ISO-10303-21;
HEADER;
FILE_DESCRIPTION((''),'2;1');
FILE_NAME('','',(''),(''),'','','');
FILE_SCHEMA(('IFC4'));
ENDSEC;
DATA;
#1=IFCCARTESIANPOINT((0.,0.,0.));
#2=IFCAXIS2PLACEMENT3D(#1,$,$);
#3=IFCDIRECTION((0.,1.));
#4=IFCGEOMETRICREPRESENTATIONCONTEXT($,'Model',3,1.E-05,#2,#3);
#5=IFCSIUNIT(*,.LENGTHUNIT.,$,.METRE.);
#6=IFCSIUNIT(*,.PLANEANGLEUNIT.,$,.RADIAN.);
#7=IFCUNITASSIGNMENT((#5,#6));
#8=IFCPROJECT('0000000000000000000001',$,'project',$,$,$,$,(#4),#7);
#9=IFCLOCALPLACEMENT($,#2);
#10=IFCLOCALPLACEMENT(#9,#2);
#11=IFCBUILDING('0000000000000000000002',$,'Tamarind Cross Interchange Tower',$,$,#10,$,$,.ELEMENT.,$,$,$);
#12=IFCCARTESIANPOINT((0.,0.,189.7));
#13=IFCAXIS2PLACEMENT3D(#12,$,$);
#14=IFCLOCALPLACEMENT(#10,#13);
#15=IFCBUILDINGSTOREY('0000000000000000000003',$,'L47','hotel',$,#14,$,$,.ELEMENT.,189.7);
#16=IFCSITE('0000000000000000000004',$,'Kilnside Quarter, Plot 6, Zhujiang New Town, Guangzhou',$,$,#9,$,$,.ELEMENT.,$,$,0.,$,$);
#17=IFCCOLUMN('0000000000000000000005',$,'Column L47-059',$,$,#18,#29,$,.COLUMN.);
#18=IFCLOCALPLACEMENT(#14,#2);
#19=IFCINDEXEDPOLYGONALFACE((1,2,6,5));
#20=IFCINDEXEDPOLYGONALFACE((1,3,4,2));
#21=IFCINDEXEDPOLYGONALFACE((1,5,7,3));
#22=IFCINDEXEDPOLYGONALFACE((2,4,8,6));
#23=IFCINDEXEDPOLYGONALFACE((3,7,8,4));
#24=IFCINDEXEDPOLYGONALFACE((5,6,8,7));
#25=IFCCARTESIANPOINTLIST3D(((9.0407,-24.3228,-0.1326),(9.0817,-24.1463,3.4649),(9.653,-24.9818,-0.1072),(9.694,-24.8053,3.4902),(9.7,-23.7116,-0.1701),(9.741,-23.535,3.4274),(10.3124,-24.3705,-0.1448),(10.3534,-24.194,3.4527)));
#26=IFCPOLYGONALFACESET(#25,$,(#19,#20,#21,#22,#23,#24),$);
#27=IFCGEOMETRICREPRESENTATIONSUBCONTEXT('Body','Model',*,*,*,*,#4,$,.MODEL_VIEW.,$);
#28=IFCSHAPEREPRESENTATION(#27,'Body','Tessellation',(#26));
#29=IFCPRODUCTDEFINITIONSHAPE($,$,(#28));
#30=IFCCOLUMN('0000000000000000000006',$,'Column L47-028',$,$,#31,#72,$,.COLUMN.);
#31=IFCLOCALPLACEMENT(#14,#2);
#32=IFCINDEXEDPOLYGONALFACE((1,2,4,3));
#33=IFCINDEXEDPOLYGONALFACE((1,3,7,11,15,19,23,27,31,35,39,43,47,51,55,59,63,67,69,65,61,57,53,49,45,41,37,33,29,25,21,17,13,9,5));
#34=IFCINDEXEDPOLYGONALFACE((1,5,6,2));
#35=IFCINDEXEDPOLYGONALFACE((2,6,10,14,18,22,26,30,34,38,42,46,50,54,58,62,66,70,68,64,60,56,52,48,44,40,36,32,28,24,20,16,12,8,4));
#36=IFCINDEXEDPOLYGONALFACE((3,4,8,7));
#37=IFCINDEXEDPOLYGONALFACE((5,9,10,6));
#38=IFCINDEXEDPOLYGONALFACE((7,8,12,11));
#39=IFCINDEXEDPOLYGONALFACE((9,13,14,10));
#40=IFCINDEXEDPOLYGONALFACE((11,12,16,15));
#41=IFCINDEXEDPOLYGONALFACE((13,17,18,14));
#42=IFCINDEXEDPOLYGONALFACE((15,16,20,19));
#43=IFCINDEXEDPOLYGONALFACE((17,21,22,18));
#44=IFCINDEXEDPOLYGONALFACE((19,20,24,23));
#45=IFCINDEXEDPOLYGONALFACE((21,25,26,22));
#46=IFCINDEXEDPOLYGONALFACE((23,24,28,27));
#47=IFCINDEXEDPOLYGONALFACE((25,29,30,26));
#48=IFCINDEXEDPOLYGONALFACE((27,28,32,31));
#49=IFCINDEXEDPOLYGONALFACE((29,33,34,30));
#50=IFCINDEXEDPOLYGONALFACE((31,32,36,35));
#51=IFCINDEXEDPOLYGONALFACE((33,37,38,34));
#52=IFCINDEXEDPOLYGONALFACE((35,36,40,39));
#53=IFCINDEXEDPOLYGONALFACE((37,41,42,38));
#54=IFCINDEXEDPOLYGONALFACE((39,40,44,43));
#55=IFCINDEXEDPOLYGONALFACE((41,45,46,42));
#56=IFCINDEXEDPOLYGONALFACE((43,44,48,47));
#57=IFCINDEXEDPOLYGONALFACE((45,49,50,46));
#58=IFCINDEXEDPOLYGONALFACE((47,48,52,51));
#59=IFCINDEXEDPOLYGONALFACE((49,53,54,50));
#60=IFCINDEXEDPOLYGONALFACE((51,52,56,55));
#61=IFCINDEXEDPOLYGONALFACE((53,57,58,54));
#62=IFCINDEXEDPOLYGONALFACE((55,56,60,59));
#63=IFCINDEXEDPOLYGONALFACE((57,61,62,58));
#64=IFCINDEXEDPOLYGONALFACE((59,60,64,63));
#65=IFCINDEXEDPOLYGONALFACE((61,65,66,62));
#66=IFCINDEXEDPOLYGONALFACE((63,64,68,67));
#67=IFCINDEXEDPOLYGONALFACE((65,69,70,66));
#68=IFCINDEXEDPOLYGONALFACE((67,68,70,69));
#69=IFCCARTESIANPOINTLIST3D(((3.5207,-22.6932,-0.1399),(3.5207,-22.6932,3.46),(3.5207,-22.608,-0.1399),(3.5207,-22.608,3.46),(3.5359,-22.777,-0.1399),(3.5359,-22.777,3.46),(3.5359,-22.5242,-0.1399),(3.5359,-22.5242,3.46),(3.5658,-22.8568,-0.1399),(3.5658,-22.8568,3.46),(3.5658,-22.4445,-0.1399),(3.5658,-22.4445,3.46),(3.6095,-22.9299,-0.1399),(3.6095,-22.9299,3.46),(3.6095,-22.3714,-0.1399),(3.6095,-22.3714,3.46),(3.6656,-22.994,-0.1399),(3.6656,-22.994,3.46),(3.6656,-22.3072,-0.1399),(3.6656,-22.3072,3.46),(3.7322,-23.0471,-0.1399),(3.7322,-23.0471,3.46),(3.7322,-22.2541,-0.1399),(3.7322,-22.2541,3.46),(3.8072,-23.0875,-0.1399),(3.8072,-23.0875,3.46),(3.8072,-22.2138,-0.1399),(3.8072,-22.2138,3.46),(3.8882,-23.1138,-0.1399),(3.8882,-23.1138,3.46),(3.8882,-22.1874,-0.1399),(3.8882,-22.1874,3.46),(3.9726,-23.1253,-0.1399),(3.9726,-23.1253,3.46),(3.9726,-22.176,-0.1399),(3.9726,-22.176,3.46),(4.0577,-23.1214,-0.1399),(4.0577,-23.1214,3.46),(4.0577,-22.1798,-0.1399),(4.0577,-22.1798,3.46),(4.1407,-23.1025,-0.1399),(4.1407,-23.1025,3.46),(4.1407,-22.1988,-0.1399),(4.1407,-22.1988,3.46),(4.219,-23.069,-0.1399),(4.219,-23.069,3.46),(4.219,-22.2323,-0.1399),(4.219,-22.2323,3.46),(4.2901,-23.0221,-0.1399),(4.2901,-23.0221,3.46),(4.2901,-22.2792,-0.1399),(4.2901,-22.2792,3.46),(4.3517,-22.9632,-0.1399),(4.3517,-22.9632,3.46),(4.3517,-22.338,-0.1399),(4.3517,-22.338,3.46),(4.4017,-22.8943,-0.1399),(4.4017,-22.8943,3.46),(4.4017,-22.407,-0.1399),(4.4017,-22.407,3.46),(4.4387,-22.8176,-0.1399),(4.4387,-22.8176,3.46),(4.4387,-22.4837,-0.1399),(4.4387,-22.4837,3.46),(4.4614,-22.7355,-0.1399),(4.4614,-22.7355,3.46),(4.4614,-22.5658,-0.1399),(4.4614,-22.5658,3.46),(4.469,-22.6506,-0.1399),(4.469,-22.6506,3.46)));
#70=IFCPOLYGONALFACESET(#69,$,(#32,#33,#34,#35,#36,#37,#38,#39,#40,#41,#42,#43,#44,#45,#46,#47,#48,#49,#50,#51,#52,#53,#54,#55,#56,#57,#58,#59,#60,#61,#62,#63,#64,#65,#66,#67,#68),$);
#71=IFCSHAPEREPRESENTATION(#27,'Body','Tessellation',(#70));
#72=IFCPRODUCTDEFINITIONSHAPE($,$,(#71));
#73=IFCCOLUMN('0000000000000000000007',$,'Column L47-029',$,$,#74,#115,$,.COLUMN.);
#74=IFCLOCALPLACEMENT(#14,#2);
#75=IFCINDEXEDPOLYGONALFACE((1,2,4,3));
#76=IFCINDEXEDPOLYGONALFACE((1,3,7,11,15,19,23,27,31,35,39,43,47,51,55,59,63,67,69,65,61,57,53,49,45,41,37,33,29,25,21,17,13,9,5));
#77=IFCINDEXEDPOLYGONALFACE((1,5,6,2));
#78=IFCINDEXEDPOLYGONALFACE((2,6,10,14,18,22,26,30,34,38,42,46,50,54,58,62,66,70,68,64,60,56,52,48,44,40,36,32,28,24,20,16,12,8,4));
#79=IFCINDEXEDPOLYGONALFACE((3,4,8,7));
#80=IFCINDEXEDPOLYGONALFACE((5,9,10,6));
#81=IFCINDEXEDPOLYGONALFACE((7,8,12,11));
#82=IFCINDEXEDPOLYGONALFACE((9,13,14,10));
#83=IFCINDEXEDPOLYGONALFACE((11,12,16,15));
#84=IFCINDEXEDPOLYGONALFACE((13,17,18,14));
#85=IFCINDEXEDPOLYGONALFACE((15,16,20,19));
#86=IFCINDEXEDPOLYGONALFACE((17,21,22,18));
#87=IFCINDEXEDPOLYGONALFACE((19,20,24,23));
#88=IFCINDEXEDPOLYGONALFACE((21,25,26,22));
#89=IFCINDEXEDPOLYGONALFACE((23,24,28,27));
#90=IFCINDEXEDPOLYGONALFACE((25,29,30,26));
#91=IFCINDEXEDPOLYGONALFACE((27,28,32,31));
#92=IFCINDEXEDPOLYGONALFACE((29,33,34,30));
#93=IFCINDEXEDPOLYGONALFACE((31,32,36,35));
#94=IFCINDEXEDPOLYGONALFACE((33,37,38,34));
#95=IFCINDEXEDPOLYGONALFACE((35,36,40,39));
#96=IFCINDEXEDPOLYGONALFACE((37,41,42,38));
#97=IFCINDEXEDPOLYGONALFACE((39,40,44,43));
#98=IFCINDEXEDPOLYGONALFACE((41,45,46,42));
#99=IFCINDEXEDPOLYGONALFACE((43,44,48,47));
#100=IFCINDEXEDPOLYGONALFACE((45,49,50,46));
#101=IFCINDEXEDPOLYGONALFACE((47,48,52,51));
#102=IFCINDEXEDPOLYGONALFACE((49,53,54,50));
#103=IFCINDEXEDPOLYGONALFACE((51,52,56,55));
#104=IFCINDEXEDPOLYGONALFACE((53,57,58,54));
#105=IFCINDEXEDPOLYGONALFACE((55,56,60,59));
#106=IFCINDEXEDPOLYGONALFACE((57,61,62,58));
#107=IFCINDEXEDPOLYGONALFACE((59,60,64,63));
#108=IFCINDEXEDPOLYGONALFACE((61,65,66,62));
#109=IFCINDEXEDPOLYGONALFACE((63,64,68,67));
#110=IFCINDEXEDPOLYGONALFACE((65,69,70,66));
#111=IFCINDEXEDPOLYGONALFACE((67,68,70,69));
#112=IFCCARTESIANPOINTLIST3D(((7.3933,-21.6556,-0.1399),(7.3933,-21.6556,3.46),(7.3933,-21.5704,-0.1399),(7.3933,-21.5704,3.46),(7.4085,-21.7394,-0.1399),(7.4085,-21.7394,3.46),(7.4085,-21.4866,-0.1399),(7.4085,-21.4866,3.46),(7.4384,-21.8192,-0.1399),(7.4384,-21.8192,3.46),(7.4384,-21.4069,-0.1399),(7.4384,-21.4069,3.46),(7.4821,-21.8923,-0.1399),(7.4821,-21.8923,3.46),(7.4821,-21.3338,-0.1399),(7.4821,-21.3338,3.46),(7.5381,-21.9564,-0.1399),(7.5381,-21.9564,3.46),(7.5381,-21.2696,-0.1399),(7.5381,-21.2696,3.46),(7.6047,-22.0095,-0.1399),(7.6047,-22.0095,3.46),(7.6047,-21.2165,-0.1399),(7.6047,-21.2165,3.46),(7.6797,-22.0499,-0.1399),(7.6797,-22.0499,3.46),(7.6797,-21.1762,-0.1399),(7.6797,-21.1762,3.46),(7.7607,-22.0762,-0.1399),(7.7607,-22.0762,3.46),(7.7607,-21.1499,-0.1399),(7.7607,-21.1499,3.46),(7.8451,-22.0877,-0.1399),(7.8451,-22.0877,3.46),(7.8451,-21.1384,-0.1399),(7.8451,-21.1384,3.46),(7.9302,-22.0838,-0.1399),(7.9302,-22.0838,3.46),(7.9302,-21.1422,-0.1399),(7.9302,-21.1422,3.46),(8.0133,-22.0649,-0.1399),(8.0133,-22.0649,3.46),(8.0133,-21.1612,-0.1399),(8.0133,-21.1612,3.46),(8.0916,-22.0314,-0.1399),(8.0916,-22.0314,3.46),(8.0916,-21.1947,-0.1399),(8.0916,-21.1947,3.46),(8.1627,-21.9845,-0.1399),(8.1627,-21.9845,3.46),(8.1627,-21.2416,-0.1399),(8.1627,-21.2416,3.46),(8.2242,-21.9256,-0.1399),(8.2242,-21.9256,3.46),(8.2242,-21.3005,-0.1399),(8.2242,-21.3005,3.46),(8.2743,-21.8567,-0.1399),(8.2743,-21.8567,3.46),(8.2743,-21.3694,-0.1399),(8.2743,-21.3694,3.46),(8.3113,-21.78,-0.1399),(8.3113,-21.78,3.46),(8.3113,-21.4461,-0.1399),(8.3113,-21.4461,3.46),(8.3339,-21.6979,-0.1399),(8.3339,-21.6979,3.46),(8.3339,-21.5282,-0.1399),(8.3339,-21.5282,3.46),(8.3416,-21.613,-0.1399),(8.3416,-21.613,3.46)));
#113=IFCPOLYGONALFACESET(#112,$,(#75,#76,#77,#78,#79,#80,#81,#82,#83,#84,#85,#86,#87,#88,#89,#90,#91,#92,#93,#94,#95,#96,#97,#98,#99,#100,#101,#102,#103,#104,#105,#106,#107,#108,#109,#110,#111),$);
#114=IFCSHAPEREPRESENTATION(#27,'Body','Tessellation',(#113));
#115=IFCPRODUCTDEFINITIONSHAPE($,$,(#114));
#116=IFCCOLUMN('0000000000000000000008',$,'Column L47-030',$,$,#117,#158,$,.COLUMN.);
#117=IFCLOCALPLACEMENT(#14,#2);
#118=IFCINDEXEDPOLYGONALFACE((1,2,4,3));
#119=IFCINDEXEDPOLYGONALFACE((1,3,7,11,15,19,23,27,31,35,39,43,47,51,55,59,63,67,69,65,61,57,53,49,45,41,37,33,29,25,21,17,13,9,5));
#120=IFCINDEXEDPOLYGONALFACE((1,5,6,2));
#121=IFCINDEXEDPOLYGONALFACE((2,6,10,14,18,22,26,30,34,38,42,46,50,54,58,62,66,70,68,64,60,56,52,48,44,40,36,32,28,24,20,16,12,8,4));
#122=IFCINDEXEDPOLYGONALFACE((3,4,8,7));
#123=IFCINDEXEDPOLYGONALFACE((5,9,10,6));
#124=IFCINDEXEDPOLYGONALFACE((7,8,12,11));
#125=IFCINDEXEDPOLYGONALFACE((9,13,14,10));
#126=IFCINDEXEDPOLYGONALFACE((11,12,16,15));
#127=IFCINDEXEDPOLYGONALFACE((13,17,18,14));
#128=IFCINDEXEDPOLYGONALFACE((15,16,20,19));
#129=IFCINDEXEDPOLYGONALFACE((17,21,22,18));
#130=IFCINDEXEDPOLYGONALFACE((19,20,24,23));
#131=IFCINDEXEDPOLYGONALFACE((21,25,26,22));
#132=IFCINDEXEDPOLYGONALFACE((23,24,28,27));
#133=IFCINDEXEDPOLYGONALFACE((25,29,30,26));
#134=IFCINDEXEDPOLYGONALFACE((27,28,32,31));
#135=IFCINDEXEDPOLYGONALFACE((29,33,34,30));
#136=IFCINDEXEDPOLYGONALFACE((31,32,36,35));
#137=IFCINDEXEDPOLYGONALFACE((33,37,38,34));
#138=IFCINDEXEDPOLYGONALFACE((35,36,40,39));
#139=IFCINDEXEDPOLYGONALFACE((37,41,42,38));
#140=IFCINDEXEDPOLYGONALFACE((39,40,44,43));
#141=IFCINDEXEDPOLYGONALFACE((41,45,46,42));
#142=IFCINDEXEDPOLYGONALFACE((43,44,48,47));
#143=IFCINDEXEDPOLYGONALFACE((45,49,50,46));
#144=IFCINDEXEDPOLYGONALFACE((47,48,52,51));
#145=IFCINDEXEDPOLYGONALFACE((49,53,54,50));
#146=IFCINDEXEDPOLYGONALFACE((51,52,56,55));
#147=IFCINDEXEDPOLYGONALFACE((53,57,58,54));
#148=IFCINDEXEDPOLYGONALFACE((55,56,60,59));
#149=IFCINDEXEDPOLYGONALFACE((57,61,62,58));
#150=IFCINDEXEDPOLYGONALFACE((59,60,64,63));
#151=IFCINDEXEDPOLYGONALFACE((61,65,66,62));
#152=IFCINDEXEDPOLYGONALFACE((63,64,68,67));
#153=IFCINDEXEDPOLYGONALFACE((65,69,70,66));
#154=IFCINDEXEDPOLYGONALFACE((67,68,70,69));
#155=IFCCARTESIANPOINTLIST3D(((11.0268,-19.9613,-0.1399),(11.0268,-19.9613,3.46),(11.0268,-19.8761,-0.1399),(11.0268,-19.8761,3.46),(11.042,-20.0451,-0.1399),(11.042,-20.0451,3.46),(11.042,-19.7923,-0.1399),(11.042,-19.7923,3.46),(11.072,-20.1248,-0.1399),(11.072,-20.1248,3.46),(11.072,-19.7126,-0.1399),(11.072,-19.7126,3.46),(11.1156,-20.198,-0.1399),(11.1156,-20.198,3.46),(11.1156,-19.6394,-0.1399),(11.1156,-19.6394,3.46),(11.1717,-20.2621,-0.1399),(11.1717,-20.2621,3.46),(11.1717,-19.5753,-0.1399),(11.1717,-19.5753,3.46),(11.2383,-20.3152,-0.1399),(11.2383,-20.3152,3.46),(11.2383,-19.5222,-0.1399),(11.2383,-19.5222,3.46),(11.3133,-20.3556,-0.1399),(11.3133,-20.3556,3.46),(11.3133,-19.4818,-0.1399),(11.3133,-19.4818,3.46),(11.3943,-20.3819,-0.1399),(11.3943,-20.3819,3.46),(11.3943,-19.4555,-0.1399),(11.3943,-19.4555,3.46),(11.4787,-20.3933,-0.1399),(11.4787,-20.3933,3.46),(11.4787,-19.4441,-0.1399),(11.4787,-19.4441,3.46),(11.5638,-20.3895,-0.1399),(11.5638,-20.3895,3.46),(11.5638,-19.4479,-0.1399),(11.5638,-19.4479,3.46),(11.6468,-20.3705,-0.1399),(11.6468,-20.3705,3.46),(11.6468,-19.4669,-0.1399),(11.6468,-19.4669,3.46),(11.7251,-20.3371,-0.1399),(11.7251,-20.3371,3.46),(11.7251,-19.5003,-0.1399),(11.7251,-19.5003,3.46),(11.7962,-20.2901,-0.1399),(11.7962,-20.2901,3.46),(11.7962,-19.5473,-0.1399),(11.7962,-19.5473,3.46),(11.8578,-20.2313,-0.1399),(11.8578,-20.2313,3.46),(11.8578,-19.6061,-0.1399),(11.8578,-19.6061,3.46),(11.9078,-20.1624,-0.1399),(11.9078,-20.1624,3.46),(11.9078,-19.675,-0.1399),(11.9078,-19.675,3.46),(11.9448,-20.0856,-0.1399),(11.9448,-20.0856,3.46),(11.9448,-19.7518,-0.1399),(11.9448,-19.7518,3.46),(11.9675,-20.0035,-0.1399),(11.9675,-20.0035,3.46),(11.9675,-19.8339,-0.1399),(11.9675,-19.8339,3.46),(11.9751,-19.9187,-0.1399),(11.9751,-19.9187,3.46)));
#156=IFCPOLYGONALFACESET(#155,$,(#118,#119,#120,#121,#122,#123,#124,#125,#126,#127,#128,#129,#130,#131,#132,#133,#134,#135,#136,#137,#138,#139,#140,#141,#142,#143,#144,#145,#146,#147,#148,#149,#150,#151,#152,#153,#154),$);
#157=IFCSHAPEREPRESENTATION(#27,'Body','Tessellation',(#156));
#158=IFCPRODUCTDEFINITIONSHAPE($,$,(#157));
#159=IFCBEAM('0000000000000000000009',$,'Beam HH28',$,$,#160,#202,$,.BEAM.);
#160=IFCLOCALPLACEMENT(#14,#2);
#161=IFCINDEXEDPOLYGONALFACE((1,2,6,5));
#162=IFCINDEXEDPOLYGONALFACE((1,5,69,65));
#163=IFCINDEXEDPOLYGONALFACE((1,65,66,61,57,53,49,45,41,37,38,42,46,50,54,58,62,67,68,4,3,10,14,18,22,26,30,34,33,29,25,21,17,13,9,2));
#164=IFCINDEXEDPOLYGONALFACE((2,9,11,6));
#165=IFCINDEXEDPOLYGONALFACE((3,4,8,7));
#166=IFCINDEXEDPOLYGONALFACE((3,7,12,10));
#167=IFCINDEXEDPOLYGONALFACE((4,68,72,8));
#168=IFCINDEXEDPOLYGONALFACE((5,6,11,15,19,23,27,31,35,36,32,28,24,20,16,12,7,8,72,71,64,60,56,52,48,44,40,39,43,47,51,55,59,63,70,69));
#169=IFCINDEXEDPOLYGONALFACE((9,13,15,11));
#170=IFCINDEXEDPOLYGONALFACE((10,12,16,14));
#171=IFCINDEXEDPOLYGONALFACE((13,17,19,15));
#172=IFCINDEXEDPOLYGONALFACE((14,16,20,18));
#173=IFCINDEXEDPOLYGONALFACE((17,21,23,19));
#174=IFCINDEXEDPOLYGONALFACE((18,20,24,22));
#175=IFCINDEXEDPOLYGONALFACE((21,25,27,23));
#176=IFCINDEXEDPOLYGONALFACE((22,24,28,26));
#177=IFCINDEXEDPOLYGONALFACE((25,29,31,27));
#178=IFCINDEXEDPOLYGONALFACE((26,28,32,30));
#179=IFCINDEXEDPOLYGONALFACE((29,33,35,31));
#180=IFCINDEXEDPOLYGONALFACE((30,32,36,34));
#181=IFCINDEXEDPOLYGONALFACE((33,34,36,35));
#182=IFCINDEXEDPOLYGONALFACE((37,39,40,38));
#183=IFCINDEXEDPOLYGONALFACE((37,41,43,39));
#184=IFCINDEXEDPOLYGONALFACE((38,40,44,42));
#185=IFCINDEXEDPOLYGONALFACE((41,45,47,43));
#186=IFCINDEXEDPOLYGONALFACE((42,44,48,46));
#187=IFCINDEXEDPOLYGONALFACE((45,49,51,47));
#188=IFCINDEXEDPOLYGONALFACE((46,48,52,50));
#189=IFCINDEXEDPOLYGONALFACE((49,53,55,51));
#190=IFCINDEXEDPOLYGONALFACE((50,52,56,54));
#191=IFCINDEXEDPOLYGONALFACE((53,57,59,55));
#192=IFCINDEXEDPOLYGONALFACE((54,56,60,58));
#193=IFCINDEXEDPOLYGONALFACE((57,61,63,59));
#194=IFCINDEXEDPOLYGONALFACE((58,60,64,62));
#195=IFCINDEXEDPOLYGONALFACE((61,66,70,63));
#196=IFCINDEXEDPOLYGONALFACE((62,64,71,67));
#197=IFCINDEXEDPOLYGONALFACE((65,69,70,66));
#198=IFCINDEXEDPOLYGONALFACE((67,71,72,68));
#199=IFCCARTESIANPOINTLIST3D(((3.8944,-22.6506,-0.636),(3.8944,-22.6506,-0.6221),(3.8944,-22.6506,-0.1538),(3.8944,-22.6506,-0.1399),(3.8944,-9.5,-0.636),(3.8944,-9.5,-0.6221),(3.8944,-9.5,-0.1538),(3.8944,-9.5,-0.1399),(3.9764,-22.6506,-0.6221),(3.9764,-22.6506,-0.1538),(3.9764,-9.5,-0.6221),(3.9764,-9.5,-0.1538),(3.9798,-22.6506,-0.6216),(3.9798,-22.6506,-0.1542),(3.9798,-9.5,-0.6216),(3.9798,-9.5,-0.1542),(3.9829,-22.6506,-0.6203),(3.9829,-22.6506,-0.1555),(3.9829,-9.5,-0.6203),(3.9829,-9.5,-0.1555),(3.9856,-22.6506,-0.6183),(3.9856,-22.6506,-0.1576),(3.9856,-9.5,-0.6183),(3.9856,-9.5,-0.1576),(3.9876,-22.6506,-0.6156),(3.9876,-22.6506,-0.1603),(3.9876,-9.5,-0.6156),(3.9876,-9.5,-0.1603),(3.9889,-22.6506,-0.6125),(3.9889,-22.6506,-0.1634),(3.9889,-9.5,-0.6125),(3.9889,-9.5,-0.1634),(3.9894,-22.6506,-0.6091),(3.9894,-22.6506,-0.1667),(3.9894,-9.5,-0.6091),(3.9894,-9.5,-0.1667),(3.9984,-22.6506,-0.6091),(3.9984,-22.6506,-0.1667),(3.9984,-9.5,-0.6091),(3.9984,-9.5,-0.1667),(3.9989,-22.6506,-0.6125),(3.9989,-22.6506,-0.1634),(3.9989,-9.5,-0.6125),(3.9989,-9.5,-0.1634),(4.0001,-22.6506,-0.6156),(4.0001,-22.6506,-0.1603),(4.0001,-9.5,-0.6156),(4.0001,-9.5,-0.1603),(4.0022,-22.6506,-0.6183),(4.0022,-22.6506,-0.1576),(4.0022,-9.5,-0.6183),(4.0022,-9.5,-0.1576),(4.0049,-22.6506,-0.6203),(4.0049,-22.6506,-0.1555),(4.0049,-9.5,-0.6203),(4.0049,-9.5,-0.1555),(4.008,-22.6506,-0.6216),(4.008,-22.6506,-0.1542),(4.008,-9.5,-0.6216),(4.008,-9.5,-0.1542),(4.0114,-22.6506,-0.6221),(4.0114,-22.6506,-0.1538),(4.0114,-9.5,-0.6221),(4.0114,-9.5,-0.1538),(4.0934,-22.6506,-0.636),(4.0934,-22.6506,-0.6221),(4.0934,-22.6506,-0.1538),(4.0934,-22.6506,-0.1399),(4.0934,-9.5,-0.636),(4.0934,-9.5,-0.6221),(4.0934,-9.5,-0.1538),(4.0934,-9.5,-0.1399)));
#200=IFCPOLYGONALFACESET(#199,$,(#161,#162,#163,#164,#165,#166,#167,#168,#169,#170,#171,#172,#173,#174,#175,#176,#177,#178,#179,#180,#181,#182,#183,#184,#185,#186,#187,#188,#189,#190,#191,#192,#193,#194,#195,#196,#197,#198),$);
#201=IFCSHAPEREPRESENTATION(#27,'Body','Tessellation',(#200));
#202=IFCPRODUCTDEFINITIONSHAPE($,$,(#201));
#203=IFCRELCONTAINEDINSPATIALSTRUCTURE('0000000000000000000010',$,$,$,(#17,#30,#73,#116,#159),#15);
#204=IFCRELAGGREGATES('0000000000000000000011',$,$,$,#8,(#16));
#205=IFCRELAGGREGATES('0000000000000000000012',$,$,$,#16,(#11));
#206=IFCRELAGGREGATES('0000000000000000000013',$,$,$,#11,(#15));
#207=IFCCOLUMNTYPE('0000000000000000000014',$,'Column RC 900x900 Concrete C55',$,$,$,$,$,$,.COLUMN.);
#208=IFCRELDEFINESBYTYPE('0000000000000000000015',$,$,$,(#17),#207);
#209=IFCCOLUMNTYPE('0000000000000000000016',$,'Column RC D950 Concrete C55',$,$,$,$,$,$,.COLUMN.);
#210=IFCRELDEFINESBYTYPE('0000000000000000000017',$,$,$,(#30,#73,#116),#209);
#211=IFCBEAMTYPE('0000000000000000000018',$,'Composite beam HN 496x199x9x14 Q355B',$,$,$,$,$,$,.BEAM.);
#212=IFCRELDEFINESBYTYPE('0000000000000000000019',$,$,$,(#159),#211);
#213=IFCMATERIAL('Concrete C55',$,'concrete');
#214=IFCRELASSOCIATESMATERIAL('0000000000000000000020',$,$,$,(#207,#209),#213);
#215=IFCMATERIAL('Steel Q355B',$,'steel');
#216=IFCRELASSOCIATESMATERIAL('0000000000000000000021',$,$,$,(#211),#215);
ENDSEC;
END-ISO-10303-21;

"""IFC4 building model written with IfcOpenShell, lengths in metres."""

from ifc_helpers import new_model, si_unit, direction, frame, origin, origin_2d, place, context, subcontext, project, spatial, rectangle, circle, i_section, extrude, material, material_profile, profile_set, type_object, element, save


model = new_model("IFC4")

# Units and contexts
model_context = context("Model", 3, precision=1e-05, world=origin(), true_north=direction((0.0, 1.0)))
body_context = subcontext(model_context, "Body", "Model", "MODEL_VIEW")
ifc_project = project(units=[si_unit("LENGTHUNIT", "METRE"), si_unit("PLANEANGLEUNIT", "RADIAN")], contexts=[model_context])

# Site, building, storey
site_placement = place(None, origin())
site = spatial("IfcSite", under=ifc_project, at=site_placement, Name="Kilnside Quarter, Plot 6, Zhujiang New Town, Guangzhou", CompositionType="ELEMENT", RefElevation=0.0)
building_placement = place(site_placement, origin())
building = spatial("IfcBuilding", under=site, at=building_placement, Name="Tamarind Cross Interchange Tower", CompositionType="ELEMENT")
storey_placement = place(building_placement, frame((0.0, 0.0, 189.7)))
storey = spatial("IfcBuildingStorey", under=building, at=storey_placement, Name="L47", Description="hotel", CompositionType="ELEMENT", Elevation=189.7)

# Columns
ifc_material_1 = material(Name="Concrete C55", Category="concrete")
ifc_material_profile_1 = material_profile(ifc_material_1, rectangle(XDim=0.8999, YDim=0.8999, at=origin_2d()), Name="RC 900x900")
ifc_profile_set_1 = profile_set([ifc_material_profile_1], Name="Concrete C55")
column_type_1 = type_object("IfcColumnType", Name="Column RC 900x900 Concrete C55", PredefinedType="COLUMN", material=ifc_profile_set_1)
column_placement = place(storey_placement, frame((9.6765, -24.3467, -0.1387), z_axis=(0.011387, 0.049005, 0.998734), x_axis=(-0.732712, -0.679261, 0.041683)))
element("IfcColumn", 1, at=column_placement, inside=storey, type_object=column_type_1, Name="Column L47-059", PredefinedType="COLUMN", context=body_context, shape_type="SweptSolid", body=[
    extrude(rectangle(XDim=0.8999, YDim=0.8999, at=origin_2d()), origin(), (0.0, 0.0, 1.0), 3.6021),
])
ifc_material_profile_2 = material_profile(ifc_material_1, circle(Radius=0.4751, at=origin_2d()), Name="RC D950")
ifc_profile_set_2 = profile_set([ifc_material_profile_2], Name="Concrete C55")
column_type_2 = type_object("IfcColumnType", Name="Column RC D950 Concrete C55", PredefinedType="COLUMN", material=ifc_profile_set_2)
for number, where, z_axis, x_axis, name in (
    (2, (3.9939, -22.6506, -0.1399), (0.0, 0.0, 1.0), (1.0, 0.0, 0.0), "Column L47-028"),
    (3, (7.8665, -21.613, -0.1399), (0.0, 0.0, 1.0), (1.0, 0.0, 0.0), "Column L47-029"),
    (4, (11.5, -19.9187, -0.1399), (0.0, 0.0, 1.0), (1.0, 0.0, 0.0), "Column L47-030"),
):
    element("IfcColumn", number, at=place(storey_placement, frame(where, z_axis=z_axis, x_axis=x_axis)), inside=storey, type_object=column_type_2, Name=name, PredefinedType="COLUMN", context=body_context, shape_type="SweptSolid", body=[
        extrude(circle(Radius=0.4751, at=origin_2d()), origin(), (0.0, 0.0, 1.0), 3.5999),
    ])

# Beam
ifc_material_2 = material(Name="Steel Q355B", Category="steel")
ifc_material_profile_3 = material_profile(ifc_material_2, i_section(OverallWidth=0.199, OverallDepth=0.4961, WebThickness=0.009, FlangeThickness=0.0139, FilletRadius=0.0129, at=origin_2d()), Name="HN 496x199x9x14")
ifc_profile_set_3 = profile_set([ifc_material_profile_3], Name="Steel Q355B")
beam_type = type_object("IfcBeamType", Name="Composite beam HN 496x199x9x14 Q355B", PredefinedType="BEAM", material=ifc_profile_set_3)
beam_1_placement = place(storey_placement, frame((3.9939, -22.6506, -0.3879), z_axis=(0.0, 1.0, 0.0), x_axis=(-1.0, 0.0, 0.0)))
element("IfcBeam", 5, at=beam_1_placement, inside=storey, type_object=beam_type, Name="Beam HH28", PredefinedType="BEAM", context=body_context, shape_type="SweptSolid", body=[
    extrude(i_section(OverallWidth=0.199, OverallDepth=0.4961, WebThickness=0.009, FlangeThickness=0.0139, FilletRadius=0.0129, at=origin_2d()), origin(), (0.0, 0.0, 1.0), 13.1506),
])

save(model, "model.ifc")
